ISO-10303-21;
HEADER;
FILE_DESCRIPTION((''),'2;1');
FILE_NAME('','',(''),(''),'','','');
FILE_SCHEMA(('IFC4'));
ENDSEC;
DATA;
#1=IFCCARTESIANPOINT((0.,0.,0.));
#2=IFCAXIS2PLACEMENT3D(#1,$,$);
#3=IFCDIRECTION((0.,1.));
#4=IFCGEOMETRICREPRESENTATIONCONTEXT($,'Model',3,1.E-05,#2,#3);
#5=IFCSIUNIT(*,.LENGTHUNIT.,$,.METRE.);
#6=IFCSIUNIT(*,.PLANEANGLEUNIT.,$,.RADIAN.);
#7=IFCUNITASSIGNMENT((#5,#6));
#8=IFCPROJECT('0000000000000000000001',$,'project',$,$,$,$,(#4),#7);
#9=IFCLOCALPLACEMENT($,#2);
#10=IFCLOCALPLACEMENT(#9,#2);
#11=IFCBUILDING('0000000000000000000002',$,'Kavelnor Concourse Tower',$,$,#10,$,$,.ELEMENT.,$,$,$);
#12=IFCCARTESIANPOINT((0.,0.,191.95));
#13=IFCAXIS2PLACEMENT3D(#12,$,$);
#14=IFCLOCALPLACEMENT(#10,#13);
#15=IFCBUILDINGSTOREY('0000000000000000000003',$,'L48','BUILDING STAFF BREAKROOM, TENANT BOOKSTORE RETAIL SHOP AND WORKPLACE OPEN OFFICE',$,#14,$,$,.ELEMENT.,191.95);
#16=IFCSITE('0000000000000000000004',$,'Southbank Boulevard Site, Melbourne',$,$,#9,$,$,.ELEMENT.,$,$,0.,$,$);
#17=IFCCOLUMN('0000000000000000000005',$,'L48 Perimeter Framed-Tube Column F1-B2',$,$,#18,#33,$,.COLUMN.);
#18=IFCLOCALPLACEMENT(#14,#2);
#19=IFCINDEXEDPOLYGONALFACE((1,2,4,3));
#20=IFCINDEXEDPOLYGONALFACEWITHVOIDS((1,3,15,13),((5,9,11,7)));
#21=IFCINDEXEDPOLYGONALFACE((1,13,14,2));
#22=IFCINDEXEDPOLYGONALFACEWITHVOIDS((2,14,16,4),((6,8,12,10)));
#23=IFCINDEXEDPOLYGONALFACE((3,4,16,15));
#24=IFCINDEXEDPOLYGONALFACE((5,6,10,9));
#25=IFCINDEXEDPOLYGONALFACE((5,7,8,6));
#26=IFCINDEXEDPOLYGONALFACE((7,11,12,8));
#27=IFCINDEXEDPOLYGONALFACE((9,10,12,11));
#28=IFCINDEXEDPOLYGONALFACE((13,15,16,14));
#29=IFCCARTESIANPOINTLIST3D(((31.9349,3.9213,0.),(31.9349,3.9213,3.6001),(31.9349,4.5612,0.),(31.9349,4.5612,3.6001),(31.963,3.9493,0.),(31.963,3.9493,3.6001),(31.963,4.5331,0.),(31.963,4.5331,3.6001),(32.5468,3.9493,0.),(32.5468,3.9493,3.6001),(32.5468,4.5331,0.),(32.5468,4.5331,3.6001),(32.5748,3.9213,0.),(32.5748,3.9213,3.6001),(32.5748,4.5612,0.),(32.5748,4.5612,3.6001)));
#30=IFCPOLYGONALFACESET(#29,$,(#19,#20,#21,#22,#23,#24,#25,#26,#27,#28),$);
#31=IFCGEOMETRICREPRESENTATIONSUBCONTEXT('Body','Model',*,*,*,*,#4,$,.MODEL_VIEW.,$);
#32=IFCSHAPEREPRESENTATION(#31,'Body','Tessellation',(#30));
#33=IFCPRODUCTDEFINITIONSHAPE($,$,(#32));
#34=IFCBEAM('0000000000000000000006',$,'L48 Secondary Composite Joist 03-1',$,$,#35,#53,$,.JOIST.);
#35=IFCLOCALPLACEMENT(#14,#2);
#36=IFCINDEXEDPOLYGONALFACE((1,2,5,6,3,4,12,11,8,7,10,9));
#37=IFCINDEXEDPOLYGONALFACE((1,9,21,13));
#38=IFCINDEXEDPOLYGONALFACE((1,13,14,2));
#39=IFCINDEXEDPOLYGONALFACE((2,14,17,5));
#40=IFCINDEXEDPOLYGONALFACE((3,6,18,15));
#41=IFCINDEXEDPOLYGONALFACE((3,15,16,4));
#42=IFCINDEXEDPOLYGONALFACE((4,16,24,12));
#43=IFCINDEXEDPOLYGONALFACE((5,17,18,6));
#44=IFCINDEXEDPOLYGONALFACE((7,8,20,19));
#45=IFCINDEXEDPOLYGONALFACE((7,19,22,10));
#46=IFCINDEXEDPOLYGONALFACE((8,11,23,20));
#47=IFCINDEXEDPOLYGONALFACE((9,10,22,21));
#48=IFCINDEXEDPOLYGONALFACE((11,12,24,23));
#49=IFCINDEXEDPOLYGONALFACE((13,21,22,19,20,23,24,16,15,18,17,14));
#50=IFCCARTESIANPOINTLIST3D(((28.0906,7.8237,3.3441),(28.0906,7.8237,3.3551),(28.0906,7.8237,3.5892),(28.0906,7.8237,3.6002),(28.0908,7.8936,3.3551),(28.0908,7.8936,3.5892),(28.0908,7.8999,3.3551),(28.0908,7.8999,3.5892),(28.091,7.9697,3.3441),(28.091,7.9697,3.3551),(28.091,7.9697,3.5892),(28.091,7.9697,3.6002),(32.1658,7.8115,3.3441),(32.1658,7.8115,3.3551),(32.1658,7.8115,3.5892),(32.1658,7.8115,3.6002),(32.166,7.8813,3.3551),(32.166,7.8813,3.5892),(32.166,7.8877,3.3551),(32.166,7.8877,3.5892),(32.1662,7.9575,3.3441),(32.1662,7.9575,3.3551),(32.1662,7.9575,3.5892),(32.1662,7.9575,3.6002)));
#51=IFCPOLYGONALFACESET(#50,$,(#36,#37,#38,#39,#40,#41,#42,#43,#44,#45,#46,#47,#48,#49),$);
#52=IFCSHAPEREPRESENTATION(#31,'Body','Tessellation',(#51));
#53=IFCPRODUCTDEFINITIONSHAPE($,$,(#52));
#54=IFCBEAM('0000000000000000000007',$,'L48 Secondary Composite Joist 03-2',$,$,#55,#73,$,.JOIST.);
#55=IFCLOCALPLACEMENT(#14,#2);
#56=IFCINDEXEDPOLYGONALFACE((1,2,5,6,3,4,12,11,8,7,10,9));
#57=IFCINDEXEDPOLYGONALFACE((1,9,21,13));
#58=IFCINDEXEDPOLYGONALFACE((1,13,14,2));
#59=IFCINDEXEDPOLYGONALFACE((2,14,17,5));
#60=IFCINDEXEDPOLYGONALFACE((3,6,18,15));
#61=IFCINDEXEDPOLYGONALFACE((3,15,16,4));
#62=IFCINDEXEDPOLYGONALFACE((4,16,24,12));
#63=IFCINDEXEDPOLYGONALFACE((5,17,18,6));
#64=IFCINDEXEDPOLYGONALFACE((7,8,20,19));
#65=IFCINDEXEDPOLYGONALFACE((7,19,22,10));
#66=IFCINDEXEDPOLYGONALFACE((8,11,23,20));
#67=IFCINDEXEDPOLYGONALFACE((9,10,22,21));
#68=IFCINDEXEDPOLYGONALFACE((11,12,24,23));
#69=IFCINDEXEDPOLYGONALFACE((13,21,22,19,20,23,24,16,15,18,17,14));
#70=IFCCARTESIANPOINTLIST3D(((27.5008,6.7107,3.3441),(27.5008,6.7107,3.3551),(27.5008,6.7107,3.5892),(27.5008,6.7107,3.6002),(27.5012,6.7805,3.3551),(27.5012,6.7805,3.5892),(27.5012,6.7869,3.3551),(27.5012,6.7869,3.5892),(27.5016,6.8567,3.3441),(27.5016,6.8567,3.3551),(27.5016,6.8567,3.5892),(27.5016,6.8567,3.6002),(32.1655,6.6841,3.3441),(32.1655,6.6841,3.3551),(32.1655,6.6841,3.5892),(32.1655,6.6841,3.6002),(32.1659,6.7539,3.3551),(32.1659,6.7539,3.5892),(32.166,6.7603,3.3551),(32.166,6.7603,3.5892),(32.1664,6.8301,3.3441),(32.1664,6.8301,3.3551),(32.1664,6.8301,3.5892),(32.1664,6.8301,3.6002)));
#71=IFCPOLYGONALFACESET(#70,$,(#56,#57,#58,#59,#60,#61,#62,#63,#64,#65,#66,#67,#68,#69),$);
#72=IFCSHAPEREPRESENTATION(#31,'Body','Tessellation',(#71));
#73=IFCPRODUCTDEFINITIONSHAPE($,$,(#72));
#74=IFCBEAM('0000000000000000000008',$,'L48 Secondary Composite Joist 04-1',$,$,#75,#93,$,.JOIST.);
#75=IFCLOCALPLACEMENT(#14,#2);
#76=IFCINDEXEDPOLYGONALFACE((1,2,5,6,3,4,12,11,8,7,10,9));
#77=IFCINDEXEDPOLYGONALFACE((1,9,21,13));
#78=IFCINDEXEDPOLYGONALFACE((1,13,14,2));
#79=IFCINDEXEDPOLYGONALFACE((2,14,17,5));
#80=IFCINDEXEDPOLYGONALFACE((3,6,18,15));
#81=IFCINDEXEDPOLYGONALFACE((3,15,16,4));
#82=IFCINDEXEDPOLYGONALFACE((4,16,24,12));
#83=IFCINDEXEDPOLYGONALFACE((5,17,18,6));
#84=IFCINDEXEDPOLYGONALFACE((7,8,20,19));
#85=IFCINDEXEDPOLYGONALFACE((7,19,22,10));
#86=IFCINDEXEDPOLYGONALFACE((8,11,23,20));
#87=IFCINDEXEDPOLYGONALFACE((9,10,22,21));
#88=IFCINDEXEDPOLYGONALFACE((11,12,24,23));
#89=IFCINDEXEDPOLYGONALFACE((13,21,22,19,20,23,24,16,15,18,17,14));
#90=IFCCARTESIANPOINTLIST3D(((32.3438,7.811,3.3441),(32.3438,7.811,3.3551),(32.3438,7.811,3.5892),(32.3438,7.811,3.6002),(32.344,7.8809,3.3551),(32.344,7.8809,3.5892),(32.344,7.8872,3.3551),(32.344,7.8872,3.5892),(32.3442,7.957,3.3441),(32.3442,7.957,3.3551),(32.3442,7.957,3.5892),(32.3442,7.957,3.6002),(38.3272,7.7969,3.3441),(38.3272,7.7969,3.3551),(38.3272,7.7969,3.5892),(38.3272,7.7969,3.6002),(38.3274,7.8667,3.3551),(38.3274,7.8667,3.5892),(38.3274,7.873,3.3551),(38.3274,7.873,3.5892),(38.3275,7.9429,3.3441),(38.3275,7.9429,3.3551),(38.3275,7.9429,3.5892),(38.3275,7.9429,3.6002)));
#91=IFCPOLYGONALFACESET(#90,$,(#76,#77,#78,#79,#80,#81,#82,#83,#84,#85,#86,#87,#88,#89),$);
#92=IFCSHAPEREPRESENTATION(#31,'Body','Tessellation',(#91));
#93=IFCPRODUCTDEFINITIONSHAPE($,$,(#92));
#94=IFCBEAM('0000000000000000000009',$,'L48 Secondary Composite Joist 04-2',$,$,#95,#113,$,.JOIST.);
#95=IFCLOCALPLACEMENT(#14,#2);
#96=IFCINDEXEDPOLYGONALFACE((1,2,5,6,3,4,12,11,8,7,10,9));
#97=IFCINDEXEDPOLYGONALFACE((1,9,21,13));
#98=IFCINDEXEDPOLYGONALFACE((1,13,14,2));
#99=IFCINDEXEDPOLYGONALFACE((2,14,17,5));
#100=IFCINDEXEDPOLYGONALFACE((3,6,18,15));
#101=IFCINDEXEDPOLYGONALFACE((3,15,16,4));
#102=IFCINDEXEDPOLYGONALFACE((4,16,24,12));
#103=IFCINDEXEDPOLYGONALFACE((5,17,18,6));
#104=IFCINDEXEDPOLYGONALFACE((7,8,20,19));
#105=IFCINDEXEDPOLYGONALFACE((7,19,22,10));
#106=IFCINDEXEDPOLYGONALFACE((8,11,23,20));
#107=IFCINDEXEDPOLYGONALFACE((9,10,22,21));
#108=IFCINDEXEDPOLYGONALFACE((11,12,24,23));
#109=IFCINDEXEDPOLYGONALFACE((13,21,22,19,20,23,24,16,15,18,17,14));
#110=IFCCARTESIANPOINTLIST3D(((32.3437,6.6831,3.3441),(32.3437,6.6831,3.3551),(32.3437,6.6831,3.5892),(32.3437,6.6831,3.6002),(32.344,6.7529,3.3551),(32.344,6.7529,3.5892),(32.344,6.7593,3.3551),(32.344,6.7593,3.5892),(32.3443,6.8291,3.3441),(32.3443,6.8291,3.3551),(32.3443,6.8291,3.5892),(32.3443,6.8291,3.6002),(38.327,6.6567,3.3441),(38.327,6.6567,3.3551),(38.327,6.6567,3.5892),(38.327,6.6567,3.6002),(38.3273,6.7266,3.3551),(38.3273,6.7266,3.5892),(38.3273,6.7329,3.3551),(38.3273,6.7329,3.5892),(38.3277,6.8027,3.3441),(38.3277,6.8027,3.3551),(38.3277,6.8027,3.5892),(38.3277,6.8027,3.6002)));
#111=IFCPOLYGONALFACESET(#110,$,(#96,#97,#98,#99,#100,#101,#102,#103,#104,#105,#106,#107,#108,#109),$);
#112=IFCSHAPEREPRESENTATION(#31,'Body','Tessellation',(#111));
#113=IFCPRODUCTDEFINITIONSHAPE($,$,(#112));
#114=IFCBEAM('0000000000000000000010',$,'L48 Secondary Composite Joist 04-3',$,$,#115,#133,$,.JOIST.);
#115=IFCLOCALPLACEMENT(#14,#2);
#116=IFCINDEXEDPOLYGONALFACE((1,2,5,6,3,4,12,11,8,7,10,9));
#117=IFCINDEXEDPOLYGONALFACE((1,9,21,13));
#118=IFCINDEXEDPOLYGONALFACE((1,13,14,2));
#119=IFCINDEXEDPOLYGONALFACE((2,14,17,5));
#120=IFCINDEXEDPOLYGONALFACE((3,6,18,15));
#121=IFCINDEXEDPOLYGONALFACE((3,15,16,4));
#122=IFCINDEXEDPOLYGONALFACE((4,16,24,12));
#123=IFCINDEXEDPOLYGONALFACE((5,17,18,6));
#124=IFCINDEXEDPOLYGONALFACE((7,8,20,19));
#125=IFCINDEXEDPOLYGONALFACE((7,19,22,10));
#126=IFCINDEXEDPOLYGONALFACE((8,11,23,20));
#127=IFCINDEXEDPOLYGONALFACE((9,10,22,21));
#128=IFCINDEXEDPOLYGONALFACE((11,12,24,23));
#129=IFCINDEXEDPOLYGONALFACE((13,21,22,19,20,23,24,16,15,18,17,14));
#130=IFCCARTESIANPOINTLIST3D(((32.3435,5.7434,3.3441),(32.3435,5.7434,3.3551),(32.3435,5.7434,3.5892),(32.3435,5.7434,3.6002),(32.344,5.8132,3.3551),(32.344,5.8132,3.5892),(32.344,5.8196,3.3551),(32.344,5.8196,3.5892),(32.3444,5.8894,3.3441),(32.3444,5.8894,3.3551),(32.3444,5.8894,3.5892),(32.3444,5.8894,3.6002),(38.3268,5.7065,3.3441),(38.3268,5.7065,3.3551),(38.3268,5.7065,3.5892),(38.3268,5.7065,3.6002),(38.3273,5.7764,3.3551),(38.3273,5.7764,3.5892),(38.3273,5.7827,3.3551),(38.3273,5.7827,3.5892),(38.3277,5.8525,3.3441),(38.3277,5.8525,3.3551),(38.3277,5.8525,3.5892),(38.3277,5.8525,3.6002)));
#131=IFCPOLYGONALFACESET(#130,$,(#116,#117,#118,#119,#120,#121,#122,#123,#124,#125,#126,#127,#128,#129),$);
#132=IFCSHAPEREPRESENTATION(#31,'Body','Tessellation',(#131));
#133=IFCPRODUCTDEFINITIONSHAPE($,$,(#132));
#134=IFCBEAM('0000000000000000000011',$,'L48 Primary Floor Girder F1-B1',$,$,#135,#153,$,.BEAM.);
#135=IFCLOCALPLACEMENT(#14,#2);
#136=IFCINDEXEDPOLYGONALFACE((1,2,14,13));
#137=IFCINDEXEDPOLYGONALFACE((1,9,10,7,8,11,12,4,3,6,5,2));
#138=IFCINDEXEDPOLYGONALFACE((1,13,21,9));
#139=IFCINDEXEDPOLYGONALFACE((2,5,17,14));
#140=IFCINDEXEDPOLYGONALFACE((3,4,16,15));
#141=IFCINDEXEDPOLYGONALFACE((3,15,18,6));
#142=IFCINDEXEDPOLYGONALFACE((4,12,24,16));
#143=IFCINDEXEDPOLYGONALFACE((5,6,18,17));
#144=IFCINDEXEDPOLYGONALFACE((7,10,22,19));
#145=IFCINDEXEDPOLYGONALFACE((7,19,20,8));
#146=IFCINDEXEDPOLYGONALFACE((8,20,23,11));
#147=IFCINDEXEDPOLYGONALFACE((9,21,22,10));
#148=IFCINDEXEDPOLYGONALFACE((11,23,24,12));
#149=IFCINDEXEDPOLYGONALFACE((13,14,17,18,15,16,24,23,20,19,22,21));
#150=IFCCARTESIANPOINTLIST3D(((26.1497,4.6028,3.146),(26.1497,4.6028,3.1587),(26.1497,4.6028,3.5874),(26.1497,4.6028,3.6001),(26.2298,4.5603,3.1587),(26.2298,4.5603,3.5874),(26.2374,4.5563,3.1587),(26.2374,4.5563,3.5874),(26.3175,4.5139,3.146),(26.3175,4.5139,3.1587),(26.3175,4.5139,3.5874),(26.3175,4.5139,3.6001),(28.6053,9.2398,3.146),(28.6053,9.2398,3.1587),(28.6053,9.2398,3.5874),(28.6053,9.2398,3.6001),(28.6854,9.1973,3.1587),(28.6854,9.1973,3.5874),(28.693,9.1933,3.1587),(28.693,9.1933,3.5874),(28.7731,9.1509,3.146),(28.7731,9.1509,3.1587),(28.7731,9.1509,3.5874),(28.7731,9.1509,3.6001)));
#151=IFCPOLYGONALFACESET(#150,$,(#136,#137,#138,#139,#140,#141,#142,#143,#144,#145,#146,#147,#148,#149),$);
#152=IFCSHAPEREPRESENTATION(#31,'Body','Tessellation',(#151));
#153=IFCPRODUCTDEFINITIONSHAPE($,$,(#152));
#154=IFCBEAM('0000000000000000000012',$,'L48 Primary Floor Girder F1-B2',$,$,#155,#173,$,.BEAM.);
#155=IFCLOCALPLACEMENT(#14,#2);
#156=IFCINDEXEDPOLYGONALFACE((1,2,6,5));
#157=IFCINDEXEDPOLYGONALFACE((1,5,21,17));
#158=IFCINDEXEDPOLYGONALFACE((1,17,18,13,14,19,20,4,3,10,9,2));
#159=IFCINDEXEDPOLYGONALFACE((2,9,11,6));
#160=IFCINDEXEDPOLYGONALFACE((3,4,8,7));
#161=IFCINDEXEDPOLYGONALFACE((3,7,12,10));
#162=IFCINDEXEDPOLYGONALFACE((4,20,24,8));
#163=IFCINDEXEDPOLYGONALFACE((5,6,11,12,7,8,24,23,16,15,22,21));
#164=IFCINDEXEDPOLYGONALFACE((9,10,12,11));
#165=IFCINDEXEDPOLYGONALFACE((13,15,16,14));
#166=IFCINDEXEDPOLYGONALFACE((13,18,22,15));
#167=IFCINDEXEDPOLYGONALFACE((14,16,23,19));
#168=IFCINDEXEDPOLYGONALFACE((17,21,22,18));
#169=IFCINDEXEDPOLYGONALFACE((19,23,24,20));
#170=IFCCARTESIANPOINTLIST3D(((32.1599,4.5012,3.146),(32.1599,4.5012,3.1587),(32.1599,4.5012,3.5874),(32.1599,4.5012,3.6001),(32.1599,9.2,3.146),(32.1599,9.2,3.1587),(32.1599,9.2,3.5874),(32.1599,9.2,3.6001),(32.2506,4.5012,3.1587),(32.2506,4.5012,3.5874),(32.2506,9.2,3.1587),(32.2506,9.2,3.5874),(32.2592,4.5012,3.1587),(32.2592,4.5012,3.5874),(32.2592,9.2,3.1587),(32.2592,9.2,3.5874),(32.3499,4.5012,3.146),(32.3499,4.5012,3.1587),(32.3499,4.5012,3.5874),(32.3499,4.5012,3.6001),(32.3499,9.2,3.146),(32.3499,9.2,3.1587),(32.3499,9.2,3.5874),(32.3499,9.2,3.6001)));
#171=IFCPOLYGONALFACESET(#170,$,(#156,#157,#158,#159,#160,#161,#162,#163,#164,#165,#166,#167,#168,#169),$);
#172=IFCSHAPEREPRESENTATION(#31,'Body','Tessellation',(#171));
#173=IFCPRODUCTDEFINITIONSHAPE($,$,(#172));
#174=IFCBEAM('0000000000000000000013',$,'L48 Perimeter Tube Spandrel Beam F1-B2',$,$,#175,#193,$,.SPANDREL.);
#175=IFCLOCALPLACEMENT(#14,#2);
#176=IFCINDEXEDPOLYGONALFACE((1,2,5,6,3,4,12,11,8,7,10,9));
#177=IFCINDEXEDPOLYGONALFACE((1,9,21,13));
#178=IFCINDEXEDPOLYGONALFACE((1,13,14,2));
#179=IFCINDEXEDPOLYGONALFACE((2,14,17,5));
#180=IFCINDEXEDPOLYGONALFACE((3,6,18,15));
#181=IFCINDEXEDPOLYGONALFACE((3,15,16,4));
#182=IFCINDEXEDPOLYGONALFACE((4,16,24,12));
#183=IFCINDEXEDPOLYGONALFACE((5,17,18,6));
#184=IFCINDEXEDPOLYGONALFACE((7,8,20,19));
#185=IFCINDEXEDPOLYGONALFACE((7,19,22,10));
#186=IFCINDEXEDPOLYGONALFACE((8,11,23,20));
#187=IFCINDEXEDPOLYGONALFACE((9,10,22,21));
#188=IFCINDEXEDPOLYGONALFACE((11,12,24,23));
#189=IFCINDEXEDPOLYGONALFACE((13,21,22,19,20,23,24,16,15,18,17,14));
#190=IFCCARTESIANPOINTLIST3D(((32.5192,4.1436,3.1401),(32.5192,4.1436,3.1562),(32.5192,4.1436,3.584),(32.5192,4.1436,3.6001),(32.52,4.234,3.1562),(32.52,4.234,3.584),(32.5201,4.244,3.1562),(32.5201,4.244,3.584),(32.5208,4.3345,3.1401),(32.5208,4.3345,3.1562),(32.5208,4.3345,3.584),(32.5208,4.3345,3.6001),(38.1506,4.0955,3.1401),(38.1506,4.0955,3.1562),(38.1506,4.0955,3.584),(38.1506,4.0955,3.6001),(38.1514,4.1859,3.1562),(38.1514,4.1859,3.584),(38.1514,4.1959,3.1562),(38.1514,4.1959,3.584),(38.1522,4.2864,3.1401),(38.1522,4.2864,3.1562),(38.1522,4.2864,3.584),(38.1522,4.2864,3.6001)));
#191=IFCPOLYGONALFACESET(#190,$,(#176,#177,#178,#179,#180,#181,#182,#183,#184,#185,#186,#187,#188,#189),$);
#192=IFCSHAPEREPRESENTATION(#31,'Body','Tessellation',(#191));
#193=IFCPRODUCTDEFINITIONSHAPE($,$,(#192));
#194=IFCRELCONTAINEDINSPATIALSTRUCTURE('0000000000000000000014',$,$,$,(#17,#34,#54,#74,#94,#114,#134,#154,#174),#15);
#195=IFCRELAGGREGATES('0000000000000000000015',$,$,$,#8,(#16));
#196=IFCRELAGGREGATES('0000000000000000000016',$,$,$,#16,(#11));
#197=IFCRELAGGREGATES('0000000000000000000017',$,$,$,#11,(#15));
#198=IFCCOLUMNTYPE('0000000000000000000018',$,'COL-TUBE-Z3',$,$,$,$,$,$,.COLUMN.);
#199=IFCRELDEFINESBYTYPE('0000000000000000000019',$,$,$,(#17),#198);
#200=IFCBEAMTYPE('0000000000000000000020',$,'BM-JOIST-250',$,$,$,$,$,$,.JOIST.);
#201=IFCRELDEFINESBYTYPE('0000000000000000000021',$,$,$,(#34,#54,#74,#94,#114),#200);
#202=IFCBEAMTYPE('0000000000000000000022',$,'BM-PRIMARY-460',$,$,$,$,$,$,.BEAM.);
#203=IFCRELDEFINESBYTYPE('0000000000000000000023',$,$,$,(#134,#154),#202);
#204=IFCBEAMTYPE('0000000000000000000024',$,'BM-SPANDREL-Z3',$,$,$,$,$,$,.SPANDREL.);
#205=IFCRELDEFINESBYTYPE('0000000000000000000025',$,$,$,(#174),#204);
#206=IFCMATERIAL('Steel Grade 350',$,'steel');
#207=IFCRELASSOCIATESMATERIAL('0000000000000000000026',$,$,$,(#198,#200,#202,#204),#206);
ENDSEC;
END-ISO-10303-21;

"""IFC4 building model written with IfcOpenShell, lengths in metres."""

from ifc_helpers import new_model, si_unit, direction, frame, origin, origin_2d, place, context, subcontext, project, spatial, hollow_rectangle, i_section, extrude, material, material_profile, profile_set, type_object, element, save


model = new_model("IFC4")

# Units and contexts
model_context = context("Model", 3, precision=1e-05, world=origin(), true_north=direction((0.0, 1.0)))
body_context = subcontext(model_context, "Body", "Model", "MODEL_VIEW")
ifc_project = project(units=[si_unit("LENGTHUNIT", "METRE"), si_unit("PLANEANGLEUNIT", "RADIAN")], contexts=[model_context])

# Site, building, storey
site_placement = place(None, origin())
site = spatial("IfcSite", under=ifc_project, at=site_placement, Name="Southbank Boulevard Site, Melbourne", CompositionType="ELEMENT", RefElevation=0.0)
building_placement = place(site_placement, origin())
building = spatial("IfcBuilding", under=site, at=building_placement, Name="Kavelnor Concourse Tower", CompositionType="ELEMENT")
storey_placement = place(building_placement, frame((0.0, 0.0, 191.95)))
storey = spatial("IfcBuildingStorey", under=building, at=storey_placement, Name="L48", Description="BUILDING STAFF BREAKROOM, TENANT BOOKSTORE RETAIL SHOP AND WORKPLACE OPEN OFFICE", CompositionType="ELEMENT", Elevation=191.95)

# Column
ifc_material_1 = material(Name="Steel Grade 350", Category="steel")
ifc_material_profile_1 = material_profile(ifc_material_1, hollow_rectangle(XDim=0.6399, YDim=0.6399, WallThickness=0.0281, at=origin_2d()), Name="SHS 640x640x28")
ifc_profile_set_1 = profile_set([ifc_material_profile_1], Name="Steel Grade 350")
column_type = type_object("IfcColumnType", Name="COL-TUBE-Z3", PredefinedType="COLUMN", material=ifc_profile_set_1)
column_placement = place(storey_placement, frame((32.2549, 4.2412, 0.0), z_axis=(0.0, 0.0, 1.0), x_axis=(1.0, 0.0, 0.0)))
element("IfcColumn", 1, at=column_placement, inside=storey, type_object=column_type, Name="L48 Perimeter Framed-Tube Column F1-B2", PredefinedType="COLUMN", context=body_context, shape_type="SweptSolid", body=[
    extrude(hollow_rectangle(XDim=0.6399, YDim=0.6399, WallThickness=0.0281, at=origin_2d()), origin(), (0.0, 0.0, 1.0), 3.6001),
])

# Beams
ifc_material_profile_2 = material_profile(ifc_material_1, i_section(OverallWidth=0.146, OverallDepth=0.2561, WebThickness=0.0063, FlangeThickness=0.011, at=origin_2d()), Name="250UB37")
ifc_profile_set_2 = profile_set([ifc_material_profile_2], Name="Steel Grade 350")
beam_type_1 = type_object("IfcBeamType", Name="BM-JOIST-250", PredefinedType="JOIST", material=ifc_profile_set_2)
beam_1_placement = place(storey_placement, frame((28.0908, 7.8967, 3.4722), z_axis=(0.999996, -0.002995, 0.0), x_axis=(0.002995, 0.999996, 0.0)))
element("IfcBeam", 2, at=beam_1_placement, inside=storey, type_object=beam_type_1, Name="L48 Secondary Composite Joist 03-1", PredefinedType="JOIST", context=body_context, shape_type="SweptSolid", body=[
    extrude(i_section(OverallWidth=0.146, OverallDepth=0.2561, WebThickness=0.0063, FlangeThickness=0.011, at=origin_2d()), origin(), (0.0, 0.0, 1.0), 4.0752),
])
beam_2_placement = place(storey_placement, frame((27.5012, 6.7837, 3.4722), z_axis=(0.999984, -0.005705, 0.0), x_axis=(0.005705, 0.999984, 0.0)))
element("IfcBeam", 3, at=beam_2_placement, inside=storey, type_object=beam_type_1, Name="L48 Secondary Composite Joist 03-2", PredefinedType="JOIST", context=body_context, shape_type="SweptSolid", body=[
    extrude(i_section(OverallWidth=0.146, OverallDepth=0.2561, WebThickness=0.0063, FlangeThickness=0.011, at=origin_2d()), origin(), (0.0, 0.0, 1.0), 4.6648),
])
for number, where, z_axis, x_axis, name in (
    (4, (32.344, 7.884, 3.4722), (0.999997, -0.002367, 0.0), (0.002367, 0.999997, 0.0), "L48 Secondary Composite Joist 04-1"),
    (5, (32.344, 6.7561, 3.4722), (0.99999, -0.004407, 0.0), (0.004407, 0.99999, 0.0), "L48 Secondary Composite Joist 04-2"),
    (6, (32.344, 5.8164, 3.4722), (0.999981, -0.006161, 0.0), (0.006161, 0.999981, 0.0), "L48 Secondary Composite Joist 04-3"),
):
    element("IfcBeam", number, at=place(storey_placement, frame(where, z_axis=z_axis, x_axis=x_axis)), inside=storey, type_object=beam_type_1, Name=name, PredefinedType="JOIST", context=body_context, shape_type="SweptSolid", body=[
        extrude(i_section(OverallWidth=0.146, OverallDepth=0.2561, WebThickness=0.0063, FlangeThickness=0.011, at=origin_2d()), origin(), (0.0, 0.0, 1.0), 5.9834),
    ])
ifc_material_profile_3 = material_profile(ifc_material_1, i_section(OverallWidth=0.1899, OverallDepth=0.4541, WebThickness=0.0085, FlangeThickness=0.0127, at=origin_2d()), Name="460UB67")
ifc_profile_set_3 = profile_set([ifc_material_profile_3], Name="Steel Grade 350")
beam_type_2 = type_object("IfcBeamType", Name="BM-PRIMARY-460", PredefinedType="BEAM", material=ifc_profile_set_3)
beam_3_placement = place(storey_placement, frame((28.6892, 9.1953, 3.373), z_axis=(-0.467992, -0.883732, 0.0), x_axis=(0.883732, -0.467992, 0.0)))
element("IfcBeam", 7, at=beam_3_placement, inside=storey, type_object=beam_type_2, Name="L48 Primary Floor Girder F1-B1", PredefinedType="BEAM", context=body_context, shape_type="SweptSolid", body=[
    extrude(i_section(OverallWidth=0.1899, OverallDepth=0.4541, WebThickness=0.0085, FlangeThickness=0.0127, at=origin_2d()), origin(), (0.0, 0.0, 1.0), 5.2471),
])
beam_4_placement = place(storey_placement, frame((32.2549, 9.2, 3.373), z_axis=(0.0, -1.0, 0.0), x_axis=(1.0, 0.0, 0.0)))
element("IfcBeam", 8, at=beam_4_placement, inside=storey, type_object=beam_type_2, Name="L48 Primary Floor Girder F1-B2", PredefinedType="BEAM", context=body_context, shape_type="SweptSolid", body=[
    extrude(i_section(OverallWidth=0.1899, OverallDepth=0.4541, WebThickness=0.0085, FlangeThickness=0.0127, at=origin_2d()), origin(), (0.0, 0.0, 1.0), 4.6987),
])
ifc_material_profile_4 = material_profile(ifc_material_1, i_section(OverallWidth=0.1909, OverallDepth=0.46, WebThickness=0.01, FlangeThickness=0.0161, at=origin_2d()), Name="460UB82")
ifc_profile_set_4 = profile_set([ifc_material_profile_4], Name="Steel Grade 350")
beam_type_3 = type_object("IfcBeamType", Name="BM-SPANDREL-Z3", PredefinedType="SPANDREL", material=ifc_profile_set_4)
beam_5_placement = place(storey_placement, frame((32.52, 4.239, 3.3701), z_axis=(0.999964, -0.00854, 0.0), x_axis=(0.00854, 0.999964, 0.0)))
element("IfcBeam", 9, at=beam_5_placement, inside=storey, type_object=beam_type_3, Name="L48 Perimeter Tube Spandrel Beam F1-B2", PredefinedType="SPANDREL", context=body_context, shape_type="SweptSolid", body=[
    extrude(i_section(OverallWidth=0.1909, OverallDepth=0.46, WebThickness=0.01, FlangeThickness=0.0161, at=origin_2d()), origin(), (0.0, 0.0, 1.0), 5.6316),
])

save(model, "model.ifc")
